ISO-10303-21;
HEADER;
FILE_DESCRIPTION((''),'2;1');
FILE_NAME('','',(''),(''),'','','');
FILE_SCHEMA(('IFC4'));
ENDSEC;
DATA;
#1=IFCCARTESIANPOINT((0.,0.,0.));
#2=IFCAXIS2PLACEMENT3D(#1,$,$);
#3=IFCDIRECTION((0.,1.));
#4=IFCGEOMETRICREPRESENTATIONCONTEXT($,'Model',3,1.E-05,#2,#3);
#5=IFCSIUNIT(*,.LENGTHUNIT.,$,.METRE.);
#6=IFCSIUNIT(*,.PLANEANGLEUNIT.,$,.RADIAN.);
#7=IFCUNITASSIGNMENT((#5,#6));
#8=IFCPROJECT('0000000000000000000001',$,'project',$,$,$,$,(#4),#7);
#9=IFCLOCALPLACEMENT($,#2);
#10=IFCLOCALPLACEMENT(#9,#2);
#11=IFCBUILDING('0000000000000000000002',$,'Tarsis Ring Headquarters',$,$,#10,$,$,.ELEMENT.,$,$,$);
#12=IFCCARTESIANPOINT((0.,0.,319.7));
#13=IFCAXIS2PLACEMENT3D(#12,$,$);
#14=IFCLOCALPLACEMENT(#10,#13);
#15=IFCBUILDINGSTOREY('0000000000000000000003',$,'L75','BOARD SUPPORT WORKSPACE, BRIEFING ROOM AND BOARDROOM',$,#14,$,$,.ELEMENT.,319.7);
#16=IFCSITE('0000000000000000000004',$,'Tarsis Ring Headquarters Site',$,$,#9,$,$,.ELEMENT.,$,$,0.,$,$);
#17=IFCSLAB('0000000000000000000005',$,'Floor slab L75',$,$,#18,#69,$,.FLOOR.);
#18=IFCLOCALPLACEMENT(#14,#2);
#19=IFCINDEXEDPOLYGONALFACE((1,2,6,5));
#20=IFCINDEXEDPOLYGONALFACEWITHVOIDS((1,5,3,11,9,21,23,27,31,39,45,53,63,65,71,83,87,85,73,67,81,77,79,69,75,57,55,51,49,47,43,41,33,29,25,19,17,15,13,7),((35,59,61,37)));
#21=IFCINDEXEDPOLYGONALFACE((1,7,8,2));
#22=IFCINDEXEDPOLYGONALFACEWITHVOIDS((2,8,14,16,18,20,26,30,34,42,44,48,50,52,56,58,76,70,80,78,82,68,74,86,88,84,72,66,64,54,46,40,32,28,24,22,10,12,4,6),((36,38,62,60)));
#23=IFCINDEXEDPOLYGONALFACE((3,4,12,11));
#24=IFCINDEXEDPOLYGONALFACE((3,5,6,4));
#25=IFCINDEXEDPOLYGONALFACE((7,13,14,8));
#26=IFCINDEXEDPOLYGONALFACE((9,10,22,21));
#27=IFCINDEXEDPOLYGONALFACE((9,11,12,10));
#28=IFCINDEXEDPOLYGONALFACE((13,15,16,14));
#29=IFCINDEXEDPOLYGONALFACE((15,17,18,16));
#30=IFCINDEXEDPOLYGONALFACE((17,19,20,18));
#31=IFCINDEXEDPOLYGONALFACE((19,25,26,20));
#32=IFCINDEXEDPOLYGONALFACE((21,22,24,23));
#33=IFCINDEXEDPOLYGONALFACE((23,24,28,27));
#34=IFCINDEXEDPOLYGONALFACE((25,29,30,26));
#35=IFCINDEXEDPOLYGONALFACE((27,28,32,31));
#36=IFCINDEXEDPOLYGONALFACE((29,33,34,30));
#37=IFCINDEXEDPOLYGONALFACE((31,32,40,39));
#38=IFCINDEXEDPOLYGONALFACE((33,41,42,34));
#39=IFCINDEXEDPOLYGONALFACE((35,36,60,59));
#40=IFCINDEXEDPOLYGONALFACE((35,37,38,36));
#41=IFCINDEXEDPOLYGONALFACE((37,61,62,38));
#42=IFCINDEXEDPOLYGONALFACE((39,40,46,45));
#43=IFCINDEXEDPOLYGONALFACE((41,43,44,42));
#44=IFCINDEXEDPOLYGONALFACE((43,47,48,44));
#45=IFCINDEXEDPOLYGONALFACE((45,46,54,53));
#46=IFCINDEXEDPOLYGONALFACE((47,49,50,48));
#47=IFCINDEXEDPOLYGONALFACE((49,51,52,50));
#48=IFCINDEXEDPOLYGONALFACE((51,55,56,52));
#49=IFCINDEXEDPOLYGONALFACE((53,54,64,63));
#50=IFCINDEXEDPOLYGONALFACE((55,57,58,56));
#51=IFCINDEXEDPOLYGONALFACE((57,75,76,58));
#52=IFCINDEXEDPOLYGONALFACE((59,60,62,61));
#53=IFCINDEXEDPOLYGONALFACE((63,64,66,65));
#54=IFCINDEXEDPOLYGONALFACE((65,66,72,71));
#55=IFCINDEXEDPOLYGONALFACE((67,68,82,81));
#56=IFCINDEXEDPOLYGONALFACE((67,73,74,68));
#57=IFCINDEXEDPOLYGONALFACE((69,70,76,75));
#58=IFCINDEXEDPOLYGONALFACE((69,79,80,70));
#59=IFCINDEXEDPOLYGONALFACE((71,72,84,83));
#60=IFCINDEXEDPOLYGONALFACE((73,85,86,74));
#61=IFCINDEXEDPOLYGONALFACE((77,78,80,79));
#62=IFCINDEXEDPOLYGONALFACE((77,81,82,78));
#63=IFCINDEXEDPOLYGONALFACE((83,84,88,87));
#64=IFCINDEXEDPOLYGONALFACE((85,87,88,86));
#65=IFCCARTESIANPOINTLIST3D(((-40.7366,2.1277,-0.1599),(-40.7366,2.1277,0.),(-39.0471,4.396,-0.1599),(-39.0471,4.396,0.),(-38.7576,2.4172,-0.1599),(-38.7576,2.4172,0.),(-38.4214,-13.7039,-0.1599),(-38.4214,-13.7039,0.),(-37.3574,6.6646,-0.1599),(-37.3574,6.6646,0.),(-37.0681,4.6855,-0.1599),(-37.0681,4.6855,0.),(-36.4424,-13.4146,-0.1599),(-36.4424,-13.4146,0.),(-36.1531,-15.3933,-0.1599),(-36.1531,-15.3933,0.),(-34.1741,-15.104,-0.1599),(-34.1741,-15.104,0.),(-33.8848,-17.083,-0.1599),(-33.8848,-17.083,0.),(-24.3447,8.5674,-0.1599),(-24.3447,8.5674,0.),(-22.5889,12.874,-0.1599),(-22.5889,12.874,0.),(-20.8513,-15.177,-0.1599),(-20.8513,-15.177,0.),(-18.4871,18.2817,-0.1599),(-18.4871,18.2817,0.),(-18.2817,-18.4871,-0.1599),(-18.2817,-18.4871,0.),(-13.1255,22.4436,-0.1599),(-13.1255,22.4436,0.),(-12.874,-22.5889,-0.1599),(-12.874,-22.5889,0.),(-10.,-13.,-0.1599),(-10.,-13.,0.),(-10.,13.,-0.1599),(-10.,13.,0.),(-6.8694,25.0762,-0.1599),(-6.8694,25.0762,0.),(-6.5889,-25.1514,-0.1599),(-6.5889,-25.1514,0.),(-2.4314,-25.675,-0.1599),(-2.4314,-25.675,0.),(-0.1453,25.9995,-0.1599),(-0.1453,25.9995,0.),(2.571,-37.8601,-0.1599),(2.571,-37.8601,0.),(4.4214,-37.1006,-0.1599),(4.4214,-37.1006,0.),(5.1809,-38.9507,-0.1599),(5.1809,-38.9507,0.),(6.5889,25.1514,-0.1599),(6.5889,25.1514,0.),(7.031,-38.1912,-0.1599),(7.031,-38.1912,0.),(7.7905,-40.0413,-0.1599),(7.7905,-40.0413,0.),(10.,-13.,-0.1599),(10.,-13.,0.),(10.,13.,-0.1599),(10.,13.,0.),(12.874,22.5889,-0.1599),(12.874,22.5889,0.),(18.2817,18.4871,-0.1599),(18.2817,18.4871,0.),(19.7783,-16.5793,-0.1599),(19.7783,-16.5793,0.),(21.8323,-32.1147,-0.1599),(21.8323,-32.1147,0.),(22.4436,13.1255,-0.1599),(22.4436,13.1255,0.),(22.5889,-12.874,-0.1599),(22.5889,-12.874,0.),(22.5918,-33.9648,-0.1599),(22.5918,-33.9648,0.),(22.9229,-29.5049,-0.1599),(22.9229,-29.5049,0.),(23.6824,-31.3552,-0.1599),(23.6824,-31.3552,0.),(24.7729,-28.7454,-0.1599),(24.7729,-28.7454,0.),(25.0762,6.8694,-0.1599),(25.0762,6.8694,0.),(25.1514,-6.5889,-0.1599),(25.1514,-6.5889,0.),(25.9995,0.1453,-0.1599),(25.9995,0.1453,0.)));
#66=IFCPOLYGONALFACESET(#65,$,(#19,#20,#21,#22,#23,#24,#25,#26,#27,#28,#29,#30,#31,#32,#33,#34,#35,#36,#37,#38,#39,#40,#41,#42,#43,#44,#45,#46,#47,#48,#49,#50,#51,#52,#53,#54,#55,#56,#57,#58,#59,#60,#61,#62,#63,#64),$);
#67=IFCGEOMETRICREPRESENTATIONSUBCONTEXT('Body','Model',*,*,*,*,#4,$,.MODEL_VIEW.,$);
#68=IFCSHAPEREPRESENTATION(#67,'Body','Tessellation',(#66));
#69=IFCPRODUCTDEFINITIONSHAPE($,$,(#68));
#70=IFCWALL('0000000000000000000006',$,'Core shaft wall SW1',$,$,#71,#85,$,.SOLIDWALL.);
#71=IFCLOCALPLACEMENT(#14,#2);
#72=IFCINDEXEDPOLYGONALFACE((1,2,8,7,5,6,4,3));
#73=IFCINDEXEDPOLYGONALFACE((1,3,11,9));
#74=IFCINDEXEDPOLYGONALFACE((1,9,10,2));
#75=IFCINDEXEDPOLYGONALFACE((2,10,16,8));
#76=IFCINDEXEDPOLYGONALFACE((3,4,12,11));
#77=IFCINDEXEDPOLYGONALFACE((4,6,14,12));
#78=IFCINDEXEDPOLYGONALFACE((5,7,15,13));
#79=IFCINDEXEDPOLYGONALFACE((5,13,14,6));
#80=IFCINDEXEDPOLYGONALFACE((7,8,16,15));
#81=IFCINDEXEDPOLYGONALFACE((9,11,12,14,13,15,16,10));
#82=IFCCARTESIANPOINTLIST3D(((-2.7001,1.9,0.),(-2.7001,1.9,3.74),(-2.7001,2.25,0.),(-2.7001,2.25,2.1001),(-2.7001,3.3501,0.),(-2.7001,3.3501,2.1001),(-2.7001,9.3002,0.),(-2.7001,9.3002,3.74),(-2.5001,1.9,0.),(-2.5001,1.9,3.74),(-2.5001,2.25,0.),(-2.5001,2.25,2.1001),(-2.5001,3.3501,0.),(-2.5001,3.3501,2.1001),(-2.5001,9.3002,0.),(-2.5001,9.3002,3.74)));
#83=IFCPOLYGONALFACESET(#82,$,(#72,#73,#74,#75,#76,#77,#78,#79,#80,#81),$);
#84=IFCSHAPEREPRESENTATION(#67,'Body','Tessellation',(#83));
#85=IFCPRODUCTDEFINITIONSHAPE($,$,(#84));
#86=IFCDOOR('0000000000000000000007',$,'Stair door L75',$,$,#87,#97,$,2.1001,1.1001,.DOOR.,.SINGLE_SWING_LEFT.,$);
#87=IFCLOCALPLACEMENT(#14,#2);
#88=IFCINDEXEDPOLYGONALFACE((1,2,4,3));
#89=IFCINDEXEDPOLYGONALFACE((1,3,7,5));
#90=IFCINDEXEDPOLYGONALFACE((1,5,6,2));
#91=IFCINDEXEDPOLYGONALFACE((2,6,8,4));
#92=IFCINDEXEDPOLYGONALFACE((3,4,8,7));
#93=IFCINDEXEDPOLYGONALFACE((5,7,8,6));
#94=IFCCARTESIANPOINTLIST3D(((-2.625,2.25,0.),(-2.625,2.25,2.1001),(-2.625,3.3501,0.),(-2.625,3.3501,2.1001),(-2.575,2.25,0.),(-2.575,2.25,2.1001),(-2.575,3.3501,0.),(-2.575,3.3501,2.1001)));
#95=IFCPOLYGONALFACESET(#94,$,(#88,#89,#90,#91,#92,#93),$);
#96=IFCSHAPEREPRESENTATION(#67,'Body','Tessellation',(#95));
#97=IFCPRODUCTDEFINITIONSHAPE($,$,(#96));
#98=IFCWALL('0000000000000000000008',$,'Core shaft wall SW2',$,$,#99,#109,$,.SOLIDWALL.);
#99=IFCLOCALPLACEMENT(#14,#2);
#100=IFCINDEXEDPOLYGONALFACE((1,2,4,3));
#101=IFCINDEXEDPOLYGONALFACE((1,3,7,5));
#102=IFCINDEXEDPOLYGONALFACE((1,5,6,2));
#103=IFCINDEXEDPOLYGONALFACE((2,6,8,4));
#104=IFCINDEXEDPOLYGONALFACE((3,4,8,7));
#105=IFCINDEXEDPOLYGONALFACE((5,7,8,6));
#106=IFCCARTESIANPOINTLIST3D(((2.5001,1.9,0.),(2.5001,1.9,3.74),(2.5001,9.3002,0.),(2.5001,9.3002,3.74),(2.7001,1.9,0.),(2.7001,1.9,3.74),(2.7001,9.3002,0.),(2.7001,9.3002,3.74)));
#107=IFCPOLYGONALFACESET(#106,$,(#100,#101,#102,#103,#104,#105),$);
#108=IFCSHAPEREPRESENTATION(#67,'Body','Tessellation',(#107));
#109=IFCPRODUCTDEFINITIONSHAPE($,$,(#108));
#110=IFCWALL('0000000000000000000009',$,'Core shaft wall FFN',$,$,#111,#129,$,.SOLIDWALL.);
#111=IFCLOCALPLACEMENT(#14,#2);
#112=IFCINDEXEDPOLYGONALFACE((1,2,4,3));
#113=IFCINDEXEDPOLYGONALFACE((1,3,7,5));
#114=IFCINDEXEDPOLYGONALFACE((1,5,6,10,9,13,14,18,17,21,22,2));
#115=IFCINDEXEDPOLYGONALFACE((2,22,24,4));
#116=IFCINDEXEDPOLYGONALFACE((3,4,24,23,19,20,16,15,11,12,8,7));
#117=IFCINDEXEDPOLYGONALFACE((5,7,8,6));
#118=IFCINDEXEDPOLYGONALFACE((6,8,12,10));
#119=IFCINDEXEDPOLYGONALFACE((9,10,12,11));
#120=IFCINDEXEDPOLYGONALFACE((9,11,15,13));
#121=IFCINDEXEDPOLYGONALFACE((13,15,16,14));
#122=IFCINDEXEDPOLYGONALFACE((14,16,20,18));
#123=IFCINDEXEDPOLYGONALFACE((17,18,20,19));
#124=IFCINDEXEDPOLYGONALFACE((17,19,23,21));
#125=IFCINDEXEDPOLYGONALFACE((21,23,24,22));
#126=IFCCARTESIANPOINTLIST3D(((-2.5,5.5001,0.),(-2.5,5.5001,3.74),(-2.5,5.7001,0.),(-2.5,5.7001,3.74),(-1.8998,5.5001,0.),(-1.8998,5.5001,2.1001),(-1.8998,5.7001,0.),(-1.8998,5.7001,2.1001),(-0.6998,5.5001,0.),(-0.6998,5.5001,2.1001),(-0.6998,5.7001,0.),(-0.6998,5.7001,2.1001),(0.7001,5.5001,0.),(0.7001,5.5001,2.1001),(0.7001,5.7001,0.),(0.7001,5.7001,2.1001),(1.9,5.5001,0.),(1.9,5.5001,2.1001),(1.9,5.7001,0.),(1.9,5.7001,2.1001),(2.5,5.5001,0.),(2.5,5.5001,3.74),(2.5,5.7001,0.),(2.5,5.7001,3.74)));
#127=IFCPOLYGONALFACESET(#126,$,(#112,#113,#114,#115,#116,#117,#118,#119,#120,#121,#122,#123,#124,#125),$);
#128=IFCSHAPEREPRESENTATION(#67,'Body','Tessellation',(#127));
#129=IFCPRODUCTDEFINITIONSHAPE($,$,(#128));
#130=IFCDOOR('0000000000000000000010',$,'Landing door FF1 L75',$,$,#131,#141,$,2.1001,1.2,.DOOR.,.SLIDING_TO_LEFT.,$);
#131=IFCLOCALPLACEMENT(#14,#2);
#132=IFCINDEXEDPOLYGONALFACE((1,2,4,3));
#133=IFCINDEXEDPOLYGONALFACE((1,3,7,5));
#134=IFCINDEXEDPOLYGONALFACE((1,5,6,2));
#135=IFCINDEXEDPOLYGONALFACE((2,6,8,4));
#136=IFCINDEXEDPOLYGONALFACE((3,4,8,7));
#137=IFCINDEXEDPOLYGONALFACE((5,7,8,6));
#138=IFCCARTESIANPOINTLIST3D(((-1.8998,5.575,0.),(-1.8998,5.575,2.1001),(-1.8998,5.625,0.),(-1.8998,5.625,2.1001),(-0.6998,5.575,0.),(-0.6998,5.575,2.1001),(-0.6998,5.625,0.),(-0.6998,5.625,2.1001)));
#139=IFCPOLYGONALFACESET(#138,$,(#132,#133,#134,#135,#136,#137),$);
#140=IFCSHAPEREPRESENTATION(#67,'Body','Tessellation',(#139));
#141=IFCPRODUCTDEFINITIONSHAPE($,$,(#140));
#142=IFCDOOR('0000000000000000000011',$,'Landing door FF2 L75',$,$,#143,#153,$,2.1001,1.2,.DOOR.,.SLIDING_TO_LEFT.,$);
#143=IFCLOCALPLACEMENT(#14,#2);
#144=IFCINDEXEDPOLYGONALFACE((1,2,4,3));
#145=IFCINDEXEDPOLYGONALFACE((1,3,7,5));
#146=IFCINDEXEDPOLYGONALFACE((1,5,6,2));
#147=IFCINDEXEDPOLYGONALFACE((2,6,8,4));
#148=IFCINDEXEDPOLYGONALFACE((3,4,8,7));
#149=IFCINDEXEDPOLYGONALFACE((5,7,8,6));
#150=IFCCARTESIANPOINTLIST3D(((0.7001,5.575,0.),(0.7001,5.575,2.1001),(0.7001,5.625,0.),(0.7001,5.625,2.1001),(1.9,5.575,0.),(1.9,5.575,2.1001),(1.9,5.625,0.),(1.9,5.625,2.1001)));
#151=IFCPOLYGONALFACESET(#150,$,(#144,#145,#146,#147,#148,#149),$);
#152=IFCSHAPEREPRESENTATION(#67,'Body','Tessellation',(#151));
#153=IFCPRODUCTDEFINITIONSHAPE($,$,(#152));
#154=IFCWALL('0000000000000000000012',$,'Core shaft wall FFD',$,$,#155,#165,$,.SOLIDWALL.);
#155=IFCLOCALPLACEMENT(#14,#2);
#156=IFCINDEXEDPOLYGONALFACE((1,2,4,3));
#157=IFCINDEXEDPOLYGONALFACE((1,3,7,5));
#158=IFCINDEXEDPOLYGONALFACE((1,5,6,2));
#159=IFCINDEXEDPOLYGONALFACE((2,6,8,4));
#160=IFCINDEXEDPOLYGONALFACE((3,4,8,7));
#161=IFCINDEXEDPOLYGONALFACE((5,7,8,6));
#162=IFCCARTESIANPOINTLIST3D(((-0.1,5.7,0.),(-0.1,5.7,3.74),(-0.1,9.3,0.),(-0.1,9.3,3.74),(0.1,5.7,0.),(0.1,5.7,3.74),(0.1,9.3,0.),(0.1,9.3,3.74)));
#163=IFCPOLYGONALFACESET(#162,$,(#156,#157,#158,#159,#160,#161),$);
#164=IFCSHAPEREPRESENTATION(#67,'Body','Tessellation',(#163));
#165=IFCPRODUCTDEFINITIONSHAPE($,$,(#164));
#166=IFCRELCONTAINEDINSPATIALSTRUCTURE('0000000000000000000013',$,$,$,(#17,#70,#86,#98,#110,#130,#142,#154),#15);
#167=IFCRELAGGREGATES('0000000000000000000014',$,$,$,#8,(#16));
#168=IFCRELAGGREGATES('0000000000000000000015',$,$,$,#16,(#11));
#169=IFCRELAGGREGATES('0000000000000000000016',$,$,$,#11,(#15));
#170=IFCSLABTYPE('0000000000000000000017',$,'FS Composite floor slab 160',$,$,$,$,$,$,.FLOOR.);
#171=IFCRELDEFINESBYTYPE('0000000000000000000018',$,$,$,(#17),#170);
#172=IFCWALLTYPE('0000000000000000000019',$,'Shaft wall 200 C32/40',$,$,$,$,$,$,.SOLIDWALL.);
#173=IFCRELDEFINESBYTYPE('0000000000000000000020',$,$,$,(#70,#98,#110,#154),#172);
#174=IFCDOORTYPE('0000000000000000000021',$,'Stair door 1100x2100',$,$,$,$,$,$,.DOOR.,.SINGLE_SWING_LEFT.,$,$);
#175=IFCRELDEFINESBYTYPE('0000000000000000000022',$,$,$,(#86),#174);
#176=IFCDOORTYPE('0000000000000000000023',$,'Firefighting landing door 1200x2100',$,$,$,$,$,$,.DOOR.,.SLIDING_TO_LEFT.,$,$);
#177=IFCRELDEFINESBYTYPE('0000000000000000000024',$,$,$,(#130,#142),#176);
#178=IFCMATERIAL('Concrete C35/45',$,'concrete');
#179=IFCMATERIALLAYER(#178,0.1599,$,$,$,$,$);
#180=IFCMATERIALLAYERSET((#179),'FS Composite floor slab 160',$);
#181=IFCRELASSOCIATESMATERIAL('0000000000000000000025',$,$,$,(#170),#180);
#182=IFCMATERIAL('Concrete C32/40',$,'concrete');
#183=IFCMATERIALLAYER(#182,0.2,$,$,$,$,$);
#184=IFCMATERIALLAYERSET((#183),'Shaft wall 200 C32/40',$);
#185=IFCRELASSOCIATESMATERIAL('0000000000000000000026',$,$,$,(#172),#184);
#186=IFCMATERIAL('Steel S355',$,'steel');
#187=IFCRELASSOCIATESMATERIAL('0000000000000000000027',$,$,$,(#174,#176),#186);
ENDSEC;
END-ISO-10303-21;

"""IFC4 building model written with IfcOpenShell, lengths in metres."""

from ifc_helpers import new_model, si_unit, direction, frame, frame_2d, origin, place, context, subcontext, project, spatial, polyline, rectangle, outline, extrude, material, layer, layer_set, type_object, element, fill, save


model = new_model("IFC4")

# Units and contexts
model_context = context("Model", 3, precision=1e-05, world=origin(), true_north=direction((0.0, 1.0)))
body_context = subcontext(model_context, "Body", "Model", "MODEL_VIEW")
ifc_project = project(units=[si_unit("LENGTHUNIT", "METRE"), si_unit("PLANEANGLEUNIT", "RADIAN")], contexts=[model_context])

# Site, building, storey
site_placement = place(None, origin())
site = spatial("IfcSite", under=ifc_project, at=site_placement, Name="Tarsis Ring Headquarters Site", CompositionType="ELEMENT", RefElevation=0.0)
building_placement = place(site_placement, origin())
building = spatial("IfcBuilding", under=site, at=building_placement, Name="Tarsis Ring Headquarters", CompositionType="ELEMENT")
storey_placement = place(building_placement, frame((0.0, 0.0, 319.7)))
storey = spatial("IfcBuildingStorey", under=building, at=storey_placement, Name="L75", Description="BOARD SUPPORT WORKSPACE, BRIEFING ROOM AND BOARDROOM", CompositionType="ELEMENT", Elevation=319.7)

# Slab
ifc_material_1 = material(Name="Concrete C35/45", Category="concrete")
ifc_layer_1 = layer(ifc_material_1, 0.1599)
ifc_layer_set_1 = layer_set([ifc_layer_1], Name="FS Composite floor slab 160")
slab_type_1 = type_object("IfcSlabType", Name="FS Composite floor slab 160", PredefinedType="FLOOR", material=ifc_layer_set_1)
slab_1_placement = place(storey_placement, frame((0.0, 0.0, -0.1599)))
element("IfcSlab", 1, at=slab_1_placement, inside=storey, type_object=slab_type_1, Name="Floor slab L75", PredefinedType="FLOOR", context=body_context, shape_type="SweptSolid", body=[
    extrude(outline(polyline([(-20.8513, -15.177), (-18.2817, -18.4871), (-12.874, -22.5889), (-6.5889, -25.1514), (-2.4314, -25.675), (2.571, -37.8601), (4.4214, -37.1006), (5.1809, -38.9507), (7.031, -38.1912), (7.7905, -40.0413), (22.5918, -33.9648), (21.8323, -32.1147), (23.6824, -31.3552), (22.9229, -29.5049), (24.7729, -28.7454), (19.7783, -16.5793), (22.5889, -12.874), (25.1514, -6.5889), (25.9995, 0.1453), (25.0762, 6.8694), (22.4436, 13.1255), (18.2817, 18.4871), (12.874, 22.5889), (6.5889, 25.1514), (-0.1453, 25.9995), (-6.8694, 25.0762), (-13.1255, 22.4436), (-18.4871, 18.2817), (-22.5889, 12.874), (-24.3447, 8.5674), (-37.3574, 6.6646), (-37.0681, 4.6855), (-39.0471, 4.396), (-38.7576, 2.4172), (-40.7366, 2.1277), (-38.4214, -13.7039), (-36.4424, -13.4146), (-36.1531, -15.3933), (-34.1741, -15.104), (-33.8848, -17.083), (-20.8513, -15.177)]), holes=[polyline([(-10.0, -13.0), (-10.0, 13.0), (10.0, 13.0), (10.0, -13.0), (-10.0, -13.0)])]), origin(), (0.0, 0.0, 1.0), 0.1599),
])

# Wall, opening, door
ifc_material_2 = material(Name="Concrete C32/40", Category="concrete")
ifc_layer_2 = layer(ifc_material_2, 0.2)
ifc_layer_set_2 = layer_set([ifc_layer_2], Name="Shaft wall 200 C32/40")
wall_type = type_object("IfcWallType", Name="Shaft wall 200 C32/40", PredefinedType="SOLIDWALL", material=ifc_layer_set_2)
wall_1_placement = place(storey_placement, frame((-2.6001, 1.8999, 0.0), z_axis=(0.0, 0.0, 1.0), x_axis=(0.0, 1.0, 0.0)))
wall_1 = element("IfcWall", 2, at=wall_1_placement, inside=storey, type_object=wall_type, Name="Core shaft wall SW1", PredefinedType="SOLIDWALL", context=body_context, shape_type="SweptSolid", body=[
    extrude(rectangle(XDim=7.4001, YDim=0.2, at=frame_2d((3.7002, 0.0))), origin(), (0.0, 0.0, 1.0), 3.74),
])
opening_1_placement = place(wall_1_placement, frame((0.3501, 0.0, 0.0)))
opening_1 = element("IfcOpeningElement", 3, at=opening_1_placement, cuts=wall_1, PredefinedType="OPENING", context=body_context, shape_type="SweptSolid", body=[
    extrude(rectangle(XDim=1.1001, YDim=2.1001, at=frame_2d((0.55, 1.05))), frame((0.0, 0.1099, 0.0), z_axis=(0.0, -1.0, 0.0), x_axis=(1.0, 0.0, 0.0)), (0.0, 0.0, 1.0), 0.22),
])
ifc_material_3 = material(Name="Steel S355", Category="steel")
door_type_1 = type_object("IfcDoorType", Name="Stair door 1100x2100", OperationType="SINGLE_SWING_LEFT", PredefinedType="DOOR", material=ifc_material_3)
door_1_placement = place(opening_1_placement, origin())
door_1 = element("IfcDoor", 4, at=door_1_placement, inside=storey, type_object=door_type_1, Name="Stair door L75", OperationType="SINGLE_SWING_LEFT", OverallHeight=2.1001, OverallWidth=1.1001, PredefinedType="DOOR", context=body_context, shape_type="SweptSolid", body=[
    extrude(rectangle(XDim=1.1001, YDim=2.1001, at=frame_2d((0.55, 1.05))), frame((0.0, 0.0249, 0.0), z_axis=(0.0, -1.0, 0.0), x_axis=(1.0, 0.0, 0.0)), (0.0, 0.0, 1.0), 0.05),
])
fill(opening_1, door_1)

# Wall
wall_2_placement = place(storey_placement, frame((2.6001, 1.8999, 0.0), z_axis=(0.0, 0.0, 1.0), x_axis=(0.0, 1.0, 0.0)))
element("IfcWall", 5, at=wall_2_placement, inside=storey, type_object=wall_type, Name="Core shaft wall SW2", PredefinedType="SOLIDWALL", context=body_context, shape_type="SweptSolid", body=[
    extrude(rectangle(XDim=7.4001, YDim=0.2, at=frame_2d((3.7002, 0.0))), origin(), (0.0, 0.0, 1.0), 3.74),
])

# Wall, openings, doors
wall_3_placement = place(storey_placement, frame((-2.5, 5.6001, 0.0), z_axis=(0.0, 0.0, 1.0), x_axis=(1.0, 0.0, 0.0)))
wall_3 = element("IfcWall", 6, at=wall_3_placement, inside=storey, type_object=wall_type, Name="Core shaft wall FFN", PredefinedType="SOLIDWALL", context=body_context, shape_type="SweptSolid", body=[
    extrude(rectangle(XDim=5.0, YDim=0.2, at=frame_2d((2.5, 0.0))), origin(), (0.0, 0.0, 1.0), 3.74),
])
opening_2_placement = place(wall_3_placement, frame((0.6001, 0.0, 0.0)))
opening_2 = element("IfcOpeningElement", 7, at=opening_2_placement, cuts=wall_3, PredefinedType="OPENING", context=body_context, shape_type="SweptSolid", body=[
    extrude(rectangle(XDim=1.2, YDim=2.1001, at=frame_2d((0.6001, 1.05))), frame((0.0, 0.1099, 0.0), z_axis=(0.0, -1.0, 0.0), x_axis=(1.0, 0.0, 0.0)), (0.0, 0.0, 1.0), 0.22),
])
opening_3_placement = place(wall_3_placement, frame((3.2, 0.0, 0.0)))
opening_3 = element("IfcOpeningElement", 8, at=opening_3_placement, cuts=wall_3, PredefinedType="OPENING", context=body_context, shape_type="SweptSolid", body=[
    extrude(rectangle(XDim=1.2, YDim=2.1001, at=frame_2d((0.6001, 1.05))), frame((0.0, 0.1099, 0.0), z_axis=(0.0, -1.0, 0.0), x_axis=(1.0, 0.0, 0.0)), (0.0, 0.0, 1.0), 0.22),
])
door_type_2 = type_object("IfcDoorType", Name="Firefighting landing door 1200x2100", OperationType="SLIDING_TO_LEFT", PredefinedType="DOOR", material=ifc_material_3)
door_2_placement = place(opening_2_placement, origin())
door_2 = element("IfcDoor", 9, at=door_2_placement, inside=storey, type_object=door_type_2, Name="Landing door FF1 L75", OperationType="SLIDING_TO_LEFT", OverallHeight=2.1001, OverallWidth=1.2, PredefinedType="DOOR", context=body_context, shape_type="SweptSolid", body=[
    extrude(rectangle(XDim=1.2, YDim=2.1001, at=frame_2d((0.6001, 1.05))), frame((0.0, 0.0249, 0.0), z_axis=(0.0, -1.0, 0.0), x_axis=(1.0, 0.0, 0.0)), (0.0, 0.0, 1.0), 0.05),
])
fill(opening_2, door_2)
door_3_placement = place(opening_3_placement, origin())
door_3 = element("IfcDoor", 10, at=door_3_placement, inside=storey, type_object=door_type_2, Name="Landing door FF2 L75", OperationType="SLIDING_TO_LEFT", OverallHeight=2.1001, OverallWidth=1.2, PredefinedType="DOOR", context=body_context, shape_type="SweptSolid", body=[
    extrude(rectangle(XDim=1.2, YDim=2.1001, at=frame_2d((0.6001, 1.05))), frame((0.0, 0.0249, 0.0), z_axis=(0.0, -1.0, 0.0), x_axis=(1.0, 0.0, 0.0)), (0.0, 0.0, 1.0), 0.05),
])
fill(opening_3, door_3)

# Wall
wall_4_placement = place(storey_placement, frame((0.0, 5.7, 0.0), z_axis=(0.0, 0.0, 1.0), x_axis=(0.0, 1.0, 0.0)))
element("IfcWall", 11, at=wall_4_placement, inside=storey, type_object=wall_type, Name="Core shaft wall FFD", PredefinedType="SOLIDWALL", context=body_context, shape_type="SweptSolid", body=[
    extrude(rectangle(XDim=3.6001, YDim=0.2, at=frame_2d((1.8, 0.0))), origin(), (0.0, 0.0, 1.0), 3.74),
])

save(model, "model.ifc")
